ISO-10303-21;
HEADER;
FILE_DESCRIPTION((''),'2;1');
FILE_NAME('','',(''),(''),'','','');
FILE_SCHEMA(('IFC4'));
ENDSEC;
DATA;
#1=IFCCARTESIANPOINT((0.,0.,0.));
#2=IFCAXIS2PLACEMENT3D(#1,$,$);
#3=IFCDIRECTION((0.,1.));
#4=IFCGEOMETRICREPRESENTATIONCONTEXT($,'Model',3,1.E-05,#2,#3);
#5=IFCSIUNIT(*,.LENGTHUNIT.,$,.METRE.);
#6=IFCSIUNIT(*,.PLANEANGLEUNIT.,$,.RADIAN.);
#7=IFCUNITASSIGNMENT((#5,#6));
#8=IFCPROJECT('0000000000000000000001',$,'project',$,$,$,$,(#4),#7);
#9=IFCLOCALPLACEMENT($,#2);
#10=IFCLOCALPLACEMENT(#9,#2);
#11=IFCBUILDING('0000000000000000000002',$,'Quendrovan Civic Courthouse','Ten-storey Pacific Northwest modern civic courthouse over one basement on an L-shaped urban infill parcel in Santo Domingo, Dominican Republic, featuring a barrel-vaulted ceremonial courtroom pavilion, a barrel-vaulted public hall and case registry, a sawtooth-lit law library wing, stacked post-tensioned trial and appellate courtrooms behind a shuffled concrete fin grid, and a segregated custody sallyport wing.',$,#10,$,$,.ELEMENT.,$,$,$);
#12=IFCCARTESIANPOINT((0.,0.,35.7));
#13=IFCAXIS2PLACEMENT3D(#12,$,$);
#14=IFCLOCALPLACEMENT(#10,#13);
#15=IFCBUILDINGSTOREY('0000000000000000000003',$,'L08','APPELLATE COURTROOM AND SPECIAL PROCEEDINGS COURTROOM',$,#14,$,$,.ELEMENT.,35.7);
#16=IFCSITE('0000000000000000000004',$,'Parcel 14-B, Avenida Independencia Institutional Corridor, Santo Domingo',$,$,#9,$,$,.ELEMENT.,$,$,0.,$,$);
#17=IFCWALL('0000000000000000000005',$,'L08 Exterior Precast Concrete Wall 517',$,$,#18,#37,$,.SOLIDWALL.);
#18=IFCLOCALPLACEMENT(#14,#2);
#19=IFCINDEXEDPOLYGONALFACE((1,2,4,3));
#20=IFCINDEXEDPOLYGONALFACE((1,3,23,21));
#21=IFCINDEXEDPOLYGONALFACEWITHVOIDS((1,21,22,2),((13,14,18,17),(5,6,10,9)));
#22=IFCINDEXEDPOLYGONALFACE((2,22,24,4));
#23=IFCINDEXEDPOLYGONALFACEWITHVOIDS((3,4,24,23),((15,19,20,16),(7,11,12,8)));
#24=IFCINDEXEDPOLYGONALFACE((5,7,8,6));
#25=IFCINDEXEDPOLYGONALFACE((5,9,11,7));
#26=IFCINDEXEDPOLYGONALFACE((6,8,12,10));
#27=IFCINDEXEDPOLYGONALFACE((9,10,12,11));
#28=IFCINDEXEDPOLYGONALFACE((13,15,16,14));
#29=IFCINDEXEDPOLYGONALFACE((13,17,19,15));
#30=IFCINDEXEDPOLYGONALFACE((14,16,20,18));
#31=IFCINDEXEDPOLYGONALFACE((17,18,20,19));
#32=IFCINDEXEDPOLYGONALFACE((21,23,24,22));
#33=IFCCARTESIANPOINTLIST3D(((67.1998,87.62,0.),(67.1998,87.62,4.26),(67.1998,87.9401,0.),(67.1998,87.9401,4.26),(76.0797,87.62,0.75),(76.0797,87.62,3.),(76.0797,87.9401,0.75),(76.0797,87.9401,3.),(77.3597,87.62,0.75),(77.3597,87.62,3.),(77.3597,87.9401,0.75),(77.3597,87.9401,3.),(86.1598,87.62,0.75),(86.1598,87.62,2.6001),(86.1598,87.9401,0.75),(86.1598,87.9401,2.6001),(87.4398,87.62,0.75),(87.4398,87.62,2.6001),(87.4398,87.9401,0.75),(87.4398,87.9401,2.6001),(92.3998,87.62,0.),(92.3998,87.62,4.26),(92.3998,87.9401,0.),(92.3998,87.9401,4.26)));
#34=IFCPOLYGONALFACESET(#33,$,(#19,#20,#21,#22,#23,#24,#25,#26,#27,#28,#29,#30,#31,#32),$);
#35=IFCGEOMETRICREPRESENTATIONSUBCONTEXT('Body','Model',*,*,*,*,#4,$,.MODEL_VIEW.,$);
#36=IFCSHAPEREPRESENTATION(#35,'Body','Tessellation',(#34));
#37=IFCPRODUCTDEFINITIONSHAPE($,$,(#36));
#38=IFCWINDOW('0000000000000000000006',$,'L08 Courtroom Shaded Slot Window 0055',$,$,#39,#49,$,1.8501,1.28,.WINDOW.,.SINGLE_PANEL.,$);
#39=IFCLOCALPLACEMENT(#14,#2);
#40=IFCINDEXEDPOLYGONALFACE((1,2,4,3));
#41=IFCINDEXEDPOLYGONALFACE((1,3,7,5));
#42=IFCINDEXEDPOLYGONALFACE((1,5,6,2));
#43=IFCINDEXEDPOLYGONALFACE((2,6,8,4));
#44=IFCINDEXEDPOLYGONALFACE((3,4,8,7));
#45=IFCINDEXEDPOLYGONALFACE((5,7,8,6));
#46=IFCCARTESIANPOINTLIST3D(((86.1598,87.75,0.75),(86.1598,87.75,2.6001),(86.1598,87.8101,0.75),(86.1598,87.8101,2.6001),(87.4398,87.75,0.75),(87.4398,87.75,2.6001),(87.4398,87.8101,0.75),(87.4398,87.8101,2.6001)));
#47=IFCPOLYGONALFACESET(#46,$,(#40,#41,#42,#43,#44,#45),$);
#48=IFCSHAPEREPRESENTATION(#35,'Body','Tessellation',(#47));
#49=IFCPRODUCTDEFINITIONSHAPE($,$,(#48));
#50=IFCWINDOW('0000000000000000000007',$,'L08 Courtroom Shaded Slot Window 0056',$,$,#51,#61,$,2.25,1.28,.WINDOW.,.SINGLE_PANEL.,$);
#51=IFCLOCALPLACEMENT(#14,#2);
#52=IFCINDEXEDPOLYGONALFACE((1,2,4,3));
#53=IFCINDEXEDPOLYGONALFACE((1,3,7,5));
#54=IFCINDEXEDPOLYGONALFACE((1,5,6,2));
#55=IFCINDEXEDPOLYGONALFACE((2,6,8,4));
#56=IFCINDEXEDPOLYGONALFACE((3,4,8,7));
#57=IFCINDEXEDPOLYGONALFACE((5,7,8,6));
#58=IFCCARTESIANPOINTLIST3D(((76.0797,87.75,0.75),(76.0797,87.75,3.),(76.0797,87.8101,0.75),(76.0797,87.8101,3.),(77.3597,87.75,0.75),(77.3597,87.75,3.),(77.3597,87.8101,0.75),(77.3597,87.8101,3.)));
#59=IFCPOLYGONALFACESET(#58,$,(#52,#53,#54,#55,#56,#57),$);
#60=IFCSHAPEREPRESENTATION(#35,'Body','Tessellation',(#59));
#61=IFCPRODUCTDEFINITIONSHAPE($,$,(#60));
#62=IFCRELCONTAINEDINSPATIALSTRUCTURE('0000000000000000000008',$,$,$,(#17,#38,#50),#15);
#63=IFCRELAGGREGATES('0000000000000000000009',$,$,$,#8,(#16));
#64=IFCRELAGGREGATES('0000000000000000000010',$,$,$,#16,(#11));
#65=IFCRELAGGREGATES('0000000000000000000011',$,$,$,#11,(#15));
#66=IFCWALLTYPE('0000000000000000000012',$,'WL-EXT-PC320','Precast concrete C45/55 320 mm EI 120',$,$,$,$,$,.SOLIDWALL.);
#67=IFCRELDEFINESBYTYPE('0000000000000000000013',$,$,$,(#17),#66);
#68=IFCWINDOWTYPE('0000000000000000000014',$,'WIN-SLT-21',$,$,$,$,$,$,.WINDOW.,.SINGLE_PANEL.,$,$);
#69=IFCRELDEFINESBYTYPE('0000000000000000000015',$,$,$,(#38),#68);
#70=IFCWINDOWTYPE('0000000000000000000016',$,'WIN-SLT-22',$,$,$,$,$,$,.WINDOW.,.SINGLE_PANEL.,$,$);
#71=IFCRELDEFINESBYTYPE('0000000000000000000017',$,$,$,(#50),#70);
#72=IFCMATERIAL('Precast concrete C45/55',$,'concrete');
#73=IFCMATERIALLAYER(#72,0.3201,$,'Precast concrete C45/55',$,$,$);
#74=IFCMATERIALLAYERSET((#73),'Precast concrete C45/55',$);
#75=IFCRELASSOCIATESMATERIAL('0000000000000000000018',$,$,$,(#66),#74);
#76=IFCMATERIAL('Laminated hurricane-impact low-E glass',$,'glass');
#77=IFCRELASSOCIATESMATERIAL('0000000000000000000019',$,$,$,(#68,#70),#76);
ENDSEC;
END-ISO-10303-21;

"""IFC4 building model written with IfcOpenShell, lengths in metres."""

from ifc_helpers import new_model, si_unit, direction, frame, frame_2d, origin, place, context, subcontext, project, spatial, rectangle, extrude, material, layer, layer_set, type_object, element, fill, save


model = new_model("IFC4")

# Units and contexts
model_context = context("Model", 3, precision=1e-05, world=origin(), true_north=direction((0.0, 1.0)))
body_context = subcontext(model_context, "Body", "Model", "MODEL_VIEW")
ifc_project = project(units=[si_unit("LENGTHUNIT", "METRE"), si_unit("PLANEANGLEUNIT", "RADIAN")], contexts=[model_context])

# Site, building, storey
site_placement = place(None, origin())
site = spatial("IfcSite", under=ifc_project, at=site_placement, Name="Parcel 14-B, Avenida Independencia Institutional Corridor, Santo Domingo", CompositionType="ELEMENT", RefElevation=0.0)
building_placement = place(site_placement, origin())
building = spatial("IfcBuilding", under=site, at=building_placement, Name="Quendrovan Civic Courthouse", Description="Ten-storey Pacific Northwest modern civic courthouse over one basement on an L-shaped urban infill parcel in Santo Domingo, Dominican Republic, featuring a barrel-vaulted ceremonial courtroom pavilion, a barrel-vaulted public hall and case registry, a sawtooth-lit law library wing, stacked post-tensioned trial and appellate courtrooms behind a shuffled concrete fin grid, and a segregated custody sallyport wing.", CompositionType="ELEMENT")
storey_placement = place(building_placement, frame((0.0, 0.0, 35.7)))
storey = spatial("IfcBuildingStorey", under=building, at=storey_placement, Name="L08", Description="APPELLATE COURTROOM AND SPECIAL PROCEEDINGS COURTROOM", CompositionType="ELEMENT", Elevation=35.7)

# Shared definitions
ifc_material_1 = material(Name="Precast concrete C45/55", Category="concrete")

# Wall, openings, windows
ifc_layer_1 = layer(ifc_material_1, 0.3201, Name="Precast concrete C45/55")
ifc_layer_set_1 = layer_set([ifc_layer_1], Name="Precast concrete C45/55")
wall_type = type_object("IfcWallType", Name="WL-EXT-PC320", Description="Precast concrete C45/55 320 mm EI 120", PredefinedType="SOLIDWALL", material=ifc_layer_set_1)
wall_placement = place(storey_placement, frame((92.3999, 87.78, 0.0), z_axis=(0.0, 0.0, 1.0), x_axis=(-1.0, 0.0, 0.0)))
wall = element("IfcWall", 1, at=wall_placement, inside=storey, type_object=wall_type, Name="L08 Exterior Precast Concrete Wall 517", PredefinedType="SOLIDWALL", context=body_context, shape_type="SweptSolid", body=[
    extrude(rectangle(XDim=25.2, YDim=0.3201, at=frame_2d((12.6001, 0.0))), origin(), (0.0, 0.0, 1.0), 4.26),
])
opening_1_placement = place(wall_placement, frame((4.96, 0.0, 0.75)))
opening_1 = element("IfcOpeningElement", 2, at=opening_1_placement, cuts=wall, PredefinedType="OPENING", context=body_context, shape_type="SweptSolid", body=[
    extrude(rectangle(XDim=1.28, YDim=1.8501, at=frame_2d((0.6401, 0.925))), frame((0.0, 0.1699, 0.0), z_axis=(0.0, -1.0, 0.0), x_axis=(1.0, 0.0, 0.0)), (0.0, 0.0, 1.0), 0.3401),
])
opening_2_placement = place(wall_placement, frame((15.04, 0.0, 0.75)))
opening_2 = element("IfcOpeningElement", 3, at=opening_2_placement, cuts=wall, PredefinedType="OPENING", context=body_context, shape_type="SweptSolid", body=[
    extrude(rectangle(XDim=1.28, YDim=2.25, at=frame_2d((0.6401, 1.125))), frame((0.0, 0.1699, 0.0), z_axis=(0.0, -1.0, 0.0), x_axis=(1.0, 0.0, 0.0)), (0.0, 0.0, 1.0), 0.3401),
])
ifc_material_2 = material(Name="Laminated hurricane-impact low-E glass", Category="glass")
window_type_1 = type_object("IfcWindowType", Name="WIN-SLT-21", PartitioningType="SINGLE_PANEL", PredefinedType="WINDOW", material=ifc_material_2)
window_1_placement = place(opening_1_placement, origin())
window_1 = element("IfcWindow", 4, at=window_1_placement, inside=storey, type_object=window_type_1, Name="L08 Courtroom Shaded Slot Window 0055", OverallHeight=1.8501, OverallWidth=1.28, PartitioningType="SINGLE_PANEL", PredefinedType="WINDOW", context=body_context, shape_type="SweptSolid", body=[
    extrude(rectangle(XDim=1.28, YDim=1.8501, at=frame_2d((0.6401, 0.925))), frame((0.0, 0.03, 0.0), z_axis=(0.0, -1.0, 0.0), x_axis=(1.0, 0.0, 0.0)), (0.0, 0.0, 1.0), 0.0601),
])
fill(opening_1, window_1)
window_type_2 = type_object("IfcWindowType", Name="WIN-SLT-22", PartitioningType="SINGLE_PANEL", PredefinedType="WINDOW", material=ifc_material_2)
window_2_placement = place(opening_2_placement, origin())
window_2 = element("IfcWindow", 5, at=window_2_placement, inside=storey, type_object=window_type_2, Name="L08 Courtroom Shaded Slot Window 0056", OverallHeight=2.25, OverallWidth=1.28, PartitioningType="SINGLE_PANEL", PredefinedType="WINDOW", context=body_context, shape_type="SweptSolid", body=[
    extrude(rectangle(XDim=1.28, YDim=2.25, at=frame_2d((0.6401, 1.125))), frame((0.0, 0.03, 0.0), z_axis=(0.0, -1.0, 0.0), x_axis=(1.0, 0.0, 0.0)), (0.0, 0.0, 1.0), 0.0601),
])
fill(opening_2, window_2)

save(model, "model.ifc")
